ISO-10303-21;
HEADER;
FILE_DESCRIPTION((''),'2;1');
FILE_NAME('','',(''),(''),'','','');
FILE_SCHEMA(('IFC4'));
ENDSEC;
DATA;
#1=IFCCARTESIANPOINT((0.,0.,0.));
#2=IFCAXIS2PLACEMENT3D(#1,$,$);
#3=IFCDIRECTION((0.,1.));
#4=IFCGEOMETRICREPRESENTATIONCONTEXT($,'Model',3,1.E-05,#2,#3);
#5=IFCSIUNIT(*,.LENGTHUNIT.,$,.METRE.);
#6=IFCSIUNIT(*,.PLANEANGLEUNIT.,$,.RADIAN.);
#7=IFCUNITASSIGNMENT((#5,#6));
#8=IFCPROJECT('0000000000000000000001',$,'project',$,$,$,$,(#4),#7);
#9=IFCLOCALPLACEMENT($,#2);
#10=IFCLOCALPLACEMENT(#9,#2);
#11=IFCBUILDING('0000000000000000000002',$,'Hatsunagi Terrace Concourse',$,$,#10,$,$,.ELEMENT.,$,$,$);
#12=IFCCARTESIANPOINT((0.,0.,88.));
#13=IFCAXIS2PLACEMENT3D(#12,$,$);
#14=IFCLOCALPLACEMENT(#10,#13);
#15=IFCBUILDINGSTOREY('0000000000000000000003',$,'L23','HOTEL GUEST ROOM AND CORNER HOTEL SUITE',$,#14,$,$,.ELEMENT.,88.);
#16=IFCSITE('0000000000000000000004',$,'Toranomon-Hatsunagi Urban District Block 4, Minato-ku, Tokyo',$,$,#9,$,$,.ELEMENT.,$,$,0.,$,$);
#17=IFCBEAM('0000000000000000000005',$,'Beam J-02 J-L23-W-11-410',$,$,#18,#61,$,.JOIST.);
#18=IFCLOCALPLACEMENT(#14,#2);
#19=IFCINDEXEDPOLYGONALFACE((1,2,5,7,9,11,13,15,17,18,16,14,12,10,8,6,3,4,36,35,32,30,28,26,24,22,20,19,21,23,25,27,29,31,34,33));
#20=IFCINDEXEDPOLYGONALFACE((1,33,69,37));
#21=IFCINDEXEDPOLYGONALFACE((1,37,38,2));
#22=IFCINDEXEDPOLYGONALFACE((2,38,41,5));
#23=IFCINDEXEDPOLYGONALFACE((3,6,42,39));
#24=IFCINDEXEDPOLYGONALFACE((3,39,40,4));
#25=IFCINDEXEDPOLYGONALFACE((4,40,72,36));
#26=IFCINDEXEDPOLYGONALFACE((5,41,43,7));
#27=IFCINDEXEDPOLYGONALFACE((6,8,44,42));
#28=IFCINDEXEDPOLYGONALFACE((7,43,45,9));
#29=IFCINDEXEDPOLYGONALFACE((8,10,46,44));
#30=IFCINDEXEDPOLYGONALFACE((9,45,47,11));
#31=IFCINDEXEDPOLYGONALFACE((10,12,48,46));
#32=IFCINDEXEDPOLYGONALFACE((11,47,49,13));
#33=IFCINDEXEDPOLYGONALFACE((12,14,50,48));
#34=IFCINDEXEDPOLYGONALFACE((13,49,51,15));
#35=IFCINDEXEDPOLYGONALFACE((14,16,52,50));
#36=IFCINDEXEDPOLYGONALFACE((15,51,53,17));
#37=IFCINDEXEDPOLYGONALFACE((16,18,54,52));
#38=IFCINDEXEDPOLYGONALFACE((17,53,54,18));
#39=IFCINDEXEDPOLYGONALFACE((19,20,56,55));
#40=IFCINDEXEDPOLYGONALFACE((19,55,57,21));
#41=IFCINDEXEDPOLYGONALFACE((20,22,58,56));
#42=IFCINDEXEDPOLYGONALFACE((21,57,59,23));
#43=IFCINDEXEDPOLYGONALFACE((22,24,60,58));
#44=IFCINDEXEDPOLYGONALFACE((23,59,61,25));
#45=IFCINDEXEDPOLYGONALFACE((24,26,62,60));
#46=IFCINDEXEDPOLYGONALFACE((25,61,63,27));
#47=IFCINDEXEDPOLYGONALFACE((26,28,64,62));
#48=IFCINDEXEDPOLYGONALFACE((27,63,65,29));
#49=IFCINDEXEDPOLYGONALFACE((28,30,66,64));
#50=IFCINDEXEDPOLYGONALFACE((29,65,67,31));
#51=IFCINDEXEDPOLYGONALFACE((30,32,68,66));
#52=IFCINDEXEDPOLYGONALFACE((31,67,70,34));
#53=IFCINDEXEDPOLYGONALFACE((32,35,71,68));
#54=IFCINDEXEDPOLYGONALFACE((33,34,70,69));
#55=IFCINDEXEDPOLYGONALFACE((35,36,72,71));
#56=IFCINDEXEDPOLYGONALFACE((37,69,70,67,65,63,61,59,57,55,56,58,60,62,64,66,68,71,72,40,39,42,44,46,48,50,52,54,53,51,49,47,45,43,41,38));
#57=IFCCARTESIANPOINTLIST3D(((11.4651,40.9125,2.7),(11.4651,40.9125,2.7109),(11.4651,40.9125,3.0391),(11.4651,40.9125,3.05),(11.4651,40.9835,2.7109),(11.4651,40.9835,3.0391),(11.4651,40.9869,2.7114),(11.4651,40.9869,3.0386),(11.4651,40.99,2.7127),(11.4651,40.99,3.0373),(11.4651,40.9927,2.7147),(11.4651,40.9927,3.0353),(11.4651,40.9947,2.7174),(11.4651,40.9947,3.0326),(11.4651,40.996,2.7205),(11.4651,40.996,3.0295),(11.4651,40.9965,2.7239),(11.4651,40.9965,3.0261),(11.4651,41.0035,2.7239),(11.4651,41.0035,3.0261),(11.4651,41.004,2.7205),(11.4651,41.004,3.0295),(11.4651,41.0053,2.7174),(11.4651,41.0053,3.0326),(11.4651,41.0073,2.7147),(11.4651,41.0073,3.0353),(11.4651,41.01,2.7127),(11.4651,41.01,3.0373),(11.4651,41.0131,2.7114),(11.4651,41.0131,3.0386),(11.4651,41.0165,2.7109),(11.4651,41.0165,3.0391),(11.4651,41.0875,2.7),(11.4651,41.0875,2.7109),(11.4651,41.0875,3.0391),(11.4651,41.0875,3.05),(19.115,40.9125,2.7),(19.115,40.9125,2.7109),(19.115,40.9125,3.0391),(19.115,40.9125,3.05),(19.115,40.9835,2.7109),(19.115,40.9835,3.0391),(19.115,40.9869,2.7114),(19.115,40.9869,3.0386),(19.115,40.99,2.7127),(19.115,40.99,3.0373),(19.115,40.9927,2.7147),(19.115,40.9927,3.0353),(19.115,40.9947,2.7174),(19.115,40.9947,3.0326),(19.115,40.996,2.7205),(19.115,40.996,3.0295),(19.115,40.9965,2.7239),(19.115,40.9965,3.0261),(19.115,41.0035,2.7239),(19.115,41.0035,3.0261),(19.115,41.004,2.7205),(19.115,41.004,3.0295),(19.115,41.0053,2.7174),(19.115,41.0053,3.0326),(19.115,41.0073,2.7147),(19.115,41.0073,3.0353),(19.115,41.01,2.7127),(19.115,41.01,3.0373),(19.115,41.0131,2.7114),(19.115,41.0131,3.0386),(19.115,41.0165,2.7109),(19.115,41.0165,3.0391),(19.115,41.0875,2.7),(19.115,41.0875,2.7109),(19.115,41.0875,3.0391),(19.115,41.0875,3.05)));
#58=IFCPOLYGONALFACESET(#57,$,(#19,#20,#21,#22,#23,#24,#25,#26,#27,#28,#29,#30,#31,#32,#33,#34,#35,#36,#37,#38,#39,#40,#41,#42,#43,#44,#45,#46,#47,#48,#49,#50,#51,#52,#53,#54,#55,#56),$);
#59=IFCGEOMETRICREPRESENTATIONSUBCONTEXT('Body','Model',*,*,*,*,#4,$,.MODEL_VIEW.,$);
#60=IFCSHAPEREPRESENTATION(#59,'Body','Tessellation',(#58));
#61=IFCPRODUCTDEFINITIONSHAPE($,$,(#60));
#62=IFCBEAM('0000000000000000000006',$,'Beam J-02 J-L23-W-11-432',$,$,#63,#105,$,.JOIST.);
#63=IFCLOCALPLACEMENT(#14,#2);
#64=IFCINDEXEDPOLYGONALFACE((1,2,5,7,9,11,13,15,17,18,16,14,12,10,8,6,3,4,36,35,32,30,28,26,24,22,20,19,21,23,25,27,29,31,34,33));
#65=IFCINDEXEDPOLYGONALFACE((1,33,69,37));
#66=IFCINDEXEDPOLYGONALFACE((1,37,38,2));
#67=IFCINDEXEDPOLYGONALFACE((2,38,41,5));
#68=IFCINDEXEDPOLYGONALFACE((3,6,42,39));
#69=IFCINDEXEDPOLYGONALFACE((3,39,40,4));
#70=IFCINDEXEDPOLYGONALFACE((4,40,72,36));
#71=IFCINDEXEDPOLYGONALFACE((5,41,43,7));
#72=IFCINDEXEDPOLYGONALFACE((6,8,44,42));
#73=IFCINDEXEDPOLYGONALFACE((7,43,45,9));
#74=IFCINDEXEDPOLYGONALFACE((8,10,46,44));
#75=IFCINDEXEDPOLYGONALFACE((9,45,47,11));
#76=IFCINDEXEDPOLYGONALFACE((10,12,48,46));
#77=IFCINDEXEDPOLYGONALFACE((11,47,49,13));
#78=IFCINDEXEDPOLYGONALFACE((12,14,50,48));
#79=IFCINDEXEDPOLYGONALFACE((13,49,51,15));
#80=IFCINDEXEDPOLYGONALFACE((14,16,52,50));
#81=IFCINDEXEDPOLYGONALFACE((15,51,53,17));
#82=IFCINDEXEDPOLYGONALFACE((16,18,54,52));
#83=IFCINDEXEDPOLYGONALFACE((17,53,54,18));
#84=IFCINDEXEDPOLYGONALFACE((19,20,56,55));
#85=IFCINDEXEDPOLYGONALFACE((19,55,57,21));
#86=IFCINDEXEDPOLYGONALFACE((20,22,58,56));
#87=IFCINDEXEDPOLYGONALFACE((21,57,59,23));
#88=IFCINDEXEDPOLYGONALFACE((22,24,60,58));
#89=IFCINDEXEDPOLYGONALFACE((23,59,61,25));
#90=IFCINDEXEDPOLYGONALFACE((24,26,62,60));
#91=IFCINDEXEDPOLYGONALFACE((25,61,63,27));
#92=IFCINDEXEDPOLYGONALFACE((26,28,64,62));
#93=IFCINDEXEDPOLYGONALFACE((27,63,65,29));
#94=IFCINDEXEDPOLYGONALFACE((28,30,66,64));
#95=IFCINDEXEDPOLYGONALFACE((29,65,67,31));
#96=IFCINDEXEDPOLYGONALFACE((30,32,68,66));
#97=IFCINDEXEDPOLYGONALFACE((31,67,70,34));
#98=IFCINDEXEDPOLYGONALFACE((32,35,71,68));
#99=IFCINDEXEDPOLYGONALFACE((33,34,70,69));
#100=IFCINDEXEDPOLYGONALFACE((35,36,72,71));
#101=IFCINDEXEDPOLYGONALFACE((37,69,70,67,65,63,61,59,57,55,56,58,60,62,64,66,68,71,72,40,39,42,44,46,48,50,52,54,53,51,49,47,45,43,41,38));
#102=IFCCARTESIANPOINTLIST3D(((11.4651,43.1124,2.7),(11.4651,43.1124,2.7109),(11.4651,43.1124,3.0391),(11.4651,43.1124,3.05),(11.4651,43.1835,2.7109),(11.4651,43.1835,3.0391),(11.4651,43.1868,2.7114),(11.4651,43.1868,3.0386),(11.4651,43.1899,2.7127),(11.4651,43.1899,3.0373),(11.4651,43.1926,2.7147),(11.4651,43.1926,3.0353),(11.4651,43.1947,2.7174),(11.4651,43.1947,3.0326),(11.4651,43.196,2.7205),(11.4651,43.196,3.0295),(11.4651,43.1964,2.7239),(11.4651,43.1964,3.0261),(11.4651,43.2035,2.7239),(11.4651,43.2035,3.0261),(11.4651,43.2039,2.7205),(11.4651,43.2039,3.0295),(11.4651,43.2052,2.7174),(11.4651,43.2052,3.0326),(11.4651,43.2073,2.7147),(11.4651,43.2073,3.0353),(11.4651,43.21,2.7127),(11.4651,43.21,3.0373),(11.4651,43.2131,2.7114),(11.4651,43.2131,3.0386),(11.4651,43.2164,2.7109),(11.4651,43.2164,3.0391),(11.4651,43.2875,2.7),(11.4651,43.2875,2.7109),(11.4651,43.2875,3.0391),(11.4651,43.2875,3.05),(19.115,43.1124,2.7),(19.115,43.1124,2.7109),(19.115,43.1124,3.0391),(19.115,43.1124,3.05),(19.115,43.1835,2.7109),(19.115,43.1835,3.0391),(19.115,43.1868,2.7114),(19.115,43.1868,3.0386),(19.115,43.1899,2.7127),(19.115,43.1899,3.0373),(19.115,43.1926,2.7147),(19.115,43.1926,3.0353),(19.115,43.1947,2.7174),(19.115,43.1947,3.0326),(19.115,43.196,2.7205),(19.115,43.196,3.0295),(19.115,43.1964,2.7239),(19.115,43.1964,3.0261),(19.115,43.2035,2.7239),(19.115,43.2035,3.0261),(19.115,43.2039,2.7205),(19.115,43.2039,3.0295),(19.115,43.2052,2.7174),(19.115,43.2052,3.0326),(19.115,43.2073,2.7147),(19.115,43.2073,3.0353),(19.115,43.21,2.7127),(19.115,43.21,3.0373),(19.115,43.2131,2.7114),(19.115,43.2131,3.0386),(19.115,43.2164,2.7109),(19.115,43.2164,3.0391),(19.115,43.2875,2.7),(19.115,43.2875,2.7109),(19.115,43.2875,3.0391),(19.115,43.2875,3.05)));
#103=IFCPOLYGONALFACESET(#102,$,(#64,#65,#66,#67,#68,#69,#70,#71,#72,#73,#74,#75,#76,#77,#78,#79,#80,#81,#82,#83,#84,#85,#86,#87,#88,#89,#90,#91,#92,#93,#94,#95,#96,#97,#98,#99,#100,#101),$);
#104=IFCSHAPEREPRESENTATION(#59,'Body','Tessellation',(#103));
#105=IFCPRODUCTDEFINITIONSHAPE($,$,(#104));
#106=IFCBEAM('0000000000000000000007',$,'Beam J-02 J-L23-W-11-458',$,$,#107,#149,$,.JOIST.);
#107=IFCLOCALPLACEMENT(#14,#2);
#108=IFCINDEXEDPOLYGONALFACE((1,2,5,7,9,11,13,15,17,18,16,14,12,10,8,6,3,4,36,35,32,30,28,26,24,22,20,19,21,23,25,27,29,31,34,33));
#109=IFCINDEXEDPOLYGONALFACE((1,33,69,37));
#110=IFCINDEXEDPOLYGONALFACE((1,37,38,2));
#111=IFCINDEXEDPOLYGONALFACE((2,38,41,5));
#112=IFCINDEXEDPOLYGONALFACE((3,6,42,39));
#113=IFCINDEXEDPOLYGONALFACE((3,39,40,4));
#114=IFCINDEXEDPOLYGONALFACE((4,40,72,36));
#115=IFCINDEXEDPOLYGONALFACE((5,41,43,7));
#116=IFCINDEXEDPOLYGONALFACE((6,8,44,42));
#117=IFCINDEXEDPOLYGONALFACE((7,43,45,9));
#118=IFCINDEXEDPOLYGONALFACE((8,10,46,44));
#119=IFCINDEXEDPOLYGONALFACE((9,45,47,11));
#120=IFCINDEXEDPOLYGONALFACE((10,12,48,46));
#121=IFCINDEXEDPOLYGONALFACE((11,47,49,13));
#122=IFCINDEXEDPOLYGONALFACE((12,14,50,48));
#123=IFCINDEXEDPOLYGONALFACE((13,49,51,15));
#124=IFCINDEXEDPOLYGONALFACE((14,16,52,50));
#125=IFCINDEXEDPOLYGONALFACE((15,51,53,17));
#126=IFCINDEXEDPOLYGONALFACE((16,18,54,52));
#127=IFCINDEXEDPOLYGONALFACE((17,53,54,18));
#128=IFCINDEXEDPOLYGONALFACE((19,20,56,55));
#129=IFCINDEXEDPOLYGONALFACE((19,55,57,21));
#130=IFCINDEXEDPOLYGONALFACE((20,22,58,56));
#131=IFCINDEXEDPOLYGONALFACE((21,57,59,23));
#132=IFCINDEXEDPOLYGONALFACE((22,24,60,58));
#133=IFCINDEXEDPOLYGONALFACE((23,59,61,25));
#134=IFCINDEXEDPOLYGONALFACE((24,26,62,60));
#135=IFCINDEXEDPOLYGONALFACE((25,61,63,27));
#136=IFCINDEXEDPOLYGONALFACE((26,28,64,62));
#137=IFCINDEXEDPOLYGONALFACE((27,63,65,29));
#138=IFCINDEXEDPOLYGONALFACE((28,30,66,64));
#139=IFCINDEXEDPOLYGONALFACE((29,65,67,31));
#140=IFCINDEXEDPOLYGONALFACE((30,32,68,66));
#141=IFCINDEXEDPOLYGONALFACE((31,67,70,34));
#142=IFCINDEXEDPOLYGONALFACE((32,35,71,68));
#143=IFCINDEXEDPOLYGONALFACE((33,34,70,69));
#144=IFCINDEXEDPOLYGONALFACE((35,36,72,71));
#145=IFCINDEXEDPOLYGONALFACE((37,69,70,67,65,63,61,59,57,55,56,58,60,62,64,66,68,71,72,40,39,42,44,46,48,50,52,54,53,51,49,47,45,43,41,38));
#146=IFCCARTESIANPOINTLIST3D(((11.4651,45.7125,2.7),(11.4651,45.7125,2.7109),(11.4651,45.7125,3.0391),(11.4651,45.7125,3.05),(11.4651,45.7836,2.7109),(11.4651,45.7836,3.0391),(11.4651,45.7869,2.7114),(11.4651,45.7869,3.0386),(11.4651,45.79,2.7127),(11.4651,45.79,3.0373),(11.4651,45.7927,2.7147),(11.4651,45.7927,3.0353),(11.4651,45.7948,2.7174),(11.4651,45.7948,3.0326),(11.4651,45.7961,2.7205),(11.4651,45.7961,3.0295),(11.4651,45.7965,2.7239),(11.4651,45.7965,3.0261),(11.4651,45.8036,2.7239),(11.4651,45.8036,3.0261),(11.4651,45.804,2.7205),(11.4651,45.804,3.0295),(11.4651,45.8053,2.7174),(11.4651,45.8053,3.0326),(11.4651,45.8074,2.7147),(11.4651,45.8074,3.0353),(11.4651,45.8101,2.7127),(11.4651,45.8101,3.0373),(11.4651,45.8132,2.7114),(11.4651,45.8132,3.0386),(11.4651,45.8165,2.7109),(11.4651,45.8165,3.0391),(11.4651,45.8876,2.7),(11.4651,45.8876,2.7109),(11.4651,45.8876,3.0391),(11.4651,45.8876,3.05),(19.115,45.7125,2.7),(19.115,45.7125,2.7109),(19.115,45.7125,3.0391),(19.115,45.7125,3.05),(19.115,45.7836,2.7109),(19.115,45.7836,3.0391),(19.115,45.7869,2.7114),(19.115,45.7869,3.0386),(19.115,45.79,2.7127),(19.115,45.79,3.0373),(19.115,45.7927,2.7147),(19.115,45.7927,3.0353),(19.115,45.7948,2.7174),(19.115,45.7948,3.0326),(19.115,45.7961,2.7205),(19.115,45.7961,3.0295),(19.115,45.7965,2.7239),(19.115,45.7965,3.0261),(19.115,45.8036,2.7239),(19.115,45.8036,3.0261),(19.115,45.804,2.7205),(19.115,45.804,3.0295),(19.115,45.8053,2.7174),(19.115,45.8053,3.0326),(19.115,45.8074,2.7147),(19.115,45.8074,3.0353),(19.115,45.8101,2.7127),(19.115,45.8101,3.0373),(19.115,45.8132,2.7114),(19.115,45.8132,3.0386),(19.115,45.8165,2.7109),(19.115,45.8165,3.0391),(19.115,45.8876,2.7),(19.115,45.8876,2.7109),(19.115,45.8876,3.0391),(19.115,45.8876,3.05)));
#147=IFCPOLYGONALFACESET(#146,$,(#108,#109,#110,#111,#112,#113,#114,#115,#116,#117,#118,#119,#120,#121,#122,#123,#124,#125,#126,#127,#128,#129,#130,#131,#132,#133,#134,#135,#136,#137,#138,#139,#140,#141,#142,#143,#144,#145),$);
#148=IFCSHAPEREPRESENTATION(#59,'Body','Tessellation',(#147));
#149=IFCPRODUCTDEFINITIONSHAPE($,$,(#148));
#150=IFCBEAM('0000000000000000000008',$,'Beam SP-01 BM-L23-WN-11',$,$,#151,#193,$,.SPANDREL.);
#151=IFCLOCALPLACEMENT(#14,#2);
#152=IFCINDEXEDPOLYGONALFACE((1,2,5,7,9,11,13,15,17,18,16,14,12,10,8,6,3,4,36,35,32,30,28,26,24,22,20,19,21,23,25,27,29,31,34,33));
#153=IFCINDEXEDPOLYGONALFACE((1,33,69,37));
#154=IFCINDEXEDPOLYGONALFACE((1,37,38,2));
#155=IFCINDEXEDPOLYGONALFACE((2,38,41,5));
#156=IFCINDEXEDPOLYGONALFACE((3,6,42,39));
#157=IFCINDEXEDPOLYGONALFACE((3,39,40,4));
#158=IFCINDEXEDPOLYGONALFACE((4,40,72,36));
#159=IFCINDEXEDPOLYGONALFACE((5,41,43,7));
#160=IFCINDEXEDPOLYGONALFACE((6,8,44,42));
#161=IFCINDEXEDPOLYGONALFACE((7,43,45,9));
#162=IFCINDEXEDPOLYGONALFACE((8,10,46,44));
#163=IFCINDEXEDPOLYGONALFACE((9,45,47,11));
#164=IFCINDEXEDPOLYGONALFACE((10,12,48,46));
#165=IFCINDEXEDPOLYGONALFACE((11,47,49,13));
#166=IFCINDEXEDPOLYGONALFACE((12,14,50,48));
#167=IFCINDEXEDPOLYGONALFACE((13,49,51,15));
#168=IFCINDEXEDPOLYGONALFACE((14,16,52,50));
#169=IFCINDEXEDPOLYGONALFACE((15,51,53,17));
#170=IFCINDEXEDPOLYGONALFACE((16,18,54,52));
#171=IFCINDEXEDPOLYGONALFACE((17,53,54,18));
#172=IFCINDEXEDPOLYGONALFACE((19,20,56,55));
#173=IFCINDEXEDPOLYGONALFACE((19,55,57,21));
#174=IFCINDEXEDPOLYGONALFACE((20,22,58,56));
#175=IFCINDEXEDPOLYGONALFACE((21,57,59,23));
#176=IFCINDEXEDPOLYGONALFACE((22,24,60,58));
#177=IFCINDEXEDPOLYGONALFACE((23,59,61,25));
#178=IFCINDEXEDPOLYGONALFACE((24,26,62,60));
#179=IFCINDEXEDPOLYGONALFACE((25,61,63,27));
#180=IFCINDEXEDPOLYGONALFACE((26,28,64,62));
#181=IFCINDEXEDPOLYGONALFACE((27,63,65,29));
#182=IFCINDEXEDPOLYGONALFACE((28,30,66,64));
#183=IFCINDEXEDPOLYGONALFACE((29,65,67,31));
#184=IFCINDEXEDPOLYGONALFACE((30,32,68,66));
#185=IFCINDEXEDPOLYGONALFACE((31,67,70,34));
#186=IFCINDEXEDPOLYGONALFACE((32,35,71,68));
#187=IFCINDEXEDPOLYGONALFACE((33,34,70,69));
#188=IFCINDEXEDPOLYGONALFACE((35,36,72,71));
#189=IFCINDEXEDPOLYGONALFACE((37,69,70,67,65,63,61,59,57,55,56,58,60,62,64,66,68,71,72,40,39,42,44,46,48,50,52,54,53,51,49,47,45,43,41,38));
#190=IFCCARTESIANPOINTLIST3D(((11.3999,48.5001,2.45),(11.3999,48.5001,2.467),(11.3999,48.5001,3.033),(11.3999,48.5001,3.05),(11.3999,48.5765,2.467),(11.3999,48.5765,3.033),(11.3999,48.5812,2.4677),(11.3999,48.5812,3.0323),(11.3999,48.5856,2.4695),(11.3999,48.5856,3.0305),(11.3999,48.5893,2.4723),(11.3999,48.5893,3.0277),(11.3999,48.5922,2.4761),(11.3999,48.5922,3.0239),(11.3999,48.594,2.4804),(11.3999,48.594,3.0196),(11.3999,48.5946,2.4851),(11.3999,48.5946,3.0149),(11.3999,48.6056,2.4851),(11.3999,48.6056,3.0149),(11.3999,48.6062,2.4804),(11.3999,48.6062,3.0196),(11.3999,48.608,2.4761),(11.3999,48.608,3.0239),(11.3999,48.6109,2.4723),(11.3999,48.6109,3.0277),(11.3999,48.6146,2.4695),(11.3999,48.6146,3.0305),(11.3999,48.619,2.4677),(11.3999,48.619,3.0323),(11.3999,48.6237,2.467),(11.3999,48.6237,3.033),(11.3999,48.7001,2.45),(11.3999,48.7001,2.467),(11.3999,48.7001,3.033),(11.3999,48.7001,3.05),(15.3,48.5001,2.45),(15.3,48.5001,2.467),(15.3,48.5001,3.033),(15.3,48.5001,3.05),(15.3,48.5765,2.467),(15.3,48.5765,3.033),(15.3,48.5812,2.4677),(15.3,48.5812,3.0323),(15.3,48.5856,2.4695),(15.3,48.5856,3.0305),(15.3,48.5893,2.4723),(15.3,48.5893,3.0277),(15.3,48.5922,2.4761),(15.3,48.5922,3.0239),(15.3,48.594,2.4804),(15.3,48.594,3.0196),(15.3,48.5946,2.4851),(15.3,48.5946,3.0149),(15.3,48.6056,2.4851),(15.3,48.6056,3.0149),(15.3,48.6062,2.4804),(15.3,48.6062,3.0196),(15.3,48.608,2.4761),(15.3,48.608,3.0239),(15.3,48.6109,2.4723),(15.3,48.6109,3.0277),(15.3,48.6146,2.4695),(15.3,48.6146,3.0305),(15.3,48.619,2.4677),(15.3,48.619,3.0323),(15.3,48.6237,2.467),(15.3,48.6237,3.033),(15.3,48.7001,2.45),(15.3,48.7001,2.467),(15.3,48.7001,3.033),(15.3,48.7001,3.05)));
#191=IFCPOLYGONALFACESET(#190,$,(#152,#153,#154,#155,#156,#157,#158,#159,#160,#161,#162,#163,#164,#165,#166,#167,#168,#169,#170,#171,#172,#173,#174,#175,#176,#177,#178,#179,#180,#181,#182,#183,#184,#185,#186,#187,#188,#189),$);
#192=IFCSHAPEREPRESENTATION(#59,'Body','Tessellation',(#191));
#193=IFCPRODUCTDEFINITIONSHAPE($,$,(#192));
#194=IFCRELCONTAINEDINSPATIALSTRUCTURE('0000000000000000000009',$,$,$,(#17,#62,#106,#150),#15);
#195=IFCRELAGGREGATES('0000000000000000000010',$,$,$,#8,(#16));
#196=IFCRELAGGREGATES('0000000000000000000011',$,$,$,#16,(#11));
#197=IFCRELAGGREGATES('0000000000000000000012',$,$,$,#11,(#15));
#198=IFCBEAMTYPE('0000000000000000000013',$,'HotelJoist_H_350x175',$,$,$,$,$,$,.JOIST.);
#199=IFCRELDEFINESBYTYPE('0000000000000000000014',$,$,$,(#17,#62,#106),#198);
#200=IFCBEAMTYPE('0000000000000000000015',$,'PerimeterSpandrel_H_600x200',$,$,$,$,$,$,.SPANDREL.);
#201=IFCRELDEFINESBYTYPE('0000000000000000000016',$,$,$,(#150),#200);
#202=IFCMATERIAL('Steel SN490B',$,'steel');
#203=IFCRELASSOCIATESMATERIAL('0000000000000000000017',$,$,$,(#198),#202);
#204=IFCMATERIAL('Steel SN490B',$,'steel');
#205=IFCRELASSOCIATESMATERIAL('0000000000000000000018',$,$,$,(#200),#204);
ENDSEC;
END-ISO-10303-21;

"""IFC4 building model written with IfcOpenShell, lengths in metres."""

from ifc_helpers import new_model, si_unit, direction, frame, origin, origin_2d, place, context, subcontext, project, spatial, i_section, extrude, material, material_profile, profile_set, type_object, element, save


model = new_model("IFC4")

# Units and contexts
model_context = context("Model", 3, precision=1e-05, world=origin(), true_north=direction((0.0, 1.0)))
body_context = subcontext(model_context, "Body", "Model", "MODEL_VIEW")
ifc_project = project(units=[si_unit("LENGTHUNIT", "METRE"), si_unit("PLANEANGLEUNIT", "RADIAN")], contexts=[model_context])

# Site, building, storey
site_placement = place(None, origin())
site = spatial("IfcSite", under=ifc_project, at=site_placement, Name="Toranomon-Hatsunagi Urban District Block 4, Minato-ku, Tokyo", CompositionType="ELEMENT", RefElevation=0.0)
building_placement = place(site_placement, origin())
building = spatial("IfcBuilding", under=site, at=building_placement, Name="Hatsunagi Terrace Concourse", CompositionType="ELEMENT")
storey_placement = place(building_placement, frame((0.0, 0.0, 88.0)))
storey = spatial("IfcBuildingStorey", under=building, at=storey_placement, Name="L23", Description="HOTEL GUEST ROOM AND CORNER HOTEL SUITE", CompositionType="ELEMENT", Elevation=88.0)

# Beams
ifc_material_1 = material(Name="Steel SN490B", Category="steel")
ifc_material_profile_1 = material_profile(ifc_material_1, i_section(OverallWidth=0.175, OverallDepth=0.3501, WebThickness=0.0071, FlangeThickness=0.011, FilletRadius=0.0129, at=origin_2d()), Name="H-350x175x7x11")
ifc_profile_set_1 = profile_set([ifc_material_profile_1], Name="Steel SN490B")
beam_type_1 = type_object("IfcBeamType", Name="HotelJoist_H_350x175", PredefinedType="JOIST", material=ifc_profile_set_1)
for number, where, z_axis, x_axis, name in (
    (1, (11.4651, 41.0, 2.875), (1.0, 0.0, 0.0), (0.0, 1.0, 0.0), "Beam J-02 J-L23-W-11-410"),
    (2, (11.4651, 43.2, 2.875), (1.0, 0.0, 0.0), (0.0, 1.0, 0.0), "Beam J-02 J-L23-W-11-432"),
    (3, (11.4651, 45.8, 2.875), (1.0, 0.0, 0.0), (0.0, 1.0, 0.0), "Beam J-02 J-L23-W-11-458"),
):
    element("IfcBeam", number, at=place(storey_placement, frame(where, z_axis=z_axis, x_axis=x_axis)), inside=storey, type_object=beam_type_1, Name=name, PredefinedType="JOIST", context=body_context, shape_type="SweptSolid", body=[
        extrude(i_section(OverallWidth=0.175, OverallDepth=0.3501, WebThickness=0.0071, FlangeThickness=0.011, FilletRadius=0.0129, at=origin_2d()), origin(), (0.0, 0.0, 1.0), 7.6499),
    ])
ifc_material_2 = material(Name="Steel SN490B", Category="steel")
ifc_material_profile_2 = material_profile(ifc_material_2, i_section(OverallWidth=0.2, OverallDepth=0.6001, WebThickness=0.011, FlangeThickness=0.0171, FilletRadius=0.0181, at=origin_2d()), Name="H-600x200x11x17")
ifc_profile_set_2 = profile_set([ifc_material_profile_2], Name="Steel SN490B")
beam_type_2 = type_object("IfcBeamType", Name="PerimeterSpandrel_H_600x200", PredefinedType="SPANDREL", material=ifc_profile_set_2)
beam_1_placement = place(storey_placement, frame((11.3999, 48.6001, 2.75), z_axis=(1.0, 0.0, 0.0), x_axis=(0.0, 1.0, 0.0)))
element("IfcBeam", 4, at=beam_1_placement, inside=storey, type_object=beam_type_2, Name="Beam SP-01 BM-L23-WN-11", PredefinedType="SPANDREL", context=body_context, shape_type="SweptSolid", body=[
    extrude(i_section(OverallWidth=0.2, OverallDepth=0.6001, WebThickness=0.011, FlangeThickness=0.0171, FilletRadius=0.0181, at=origin_2d()), origin(), (0.0, 0.0, 1.0), 3.9001),
])

save(model, "model.ifc")
